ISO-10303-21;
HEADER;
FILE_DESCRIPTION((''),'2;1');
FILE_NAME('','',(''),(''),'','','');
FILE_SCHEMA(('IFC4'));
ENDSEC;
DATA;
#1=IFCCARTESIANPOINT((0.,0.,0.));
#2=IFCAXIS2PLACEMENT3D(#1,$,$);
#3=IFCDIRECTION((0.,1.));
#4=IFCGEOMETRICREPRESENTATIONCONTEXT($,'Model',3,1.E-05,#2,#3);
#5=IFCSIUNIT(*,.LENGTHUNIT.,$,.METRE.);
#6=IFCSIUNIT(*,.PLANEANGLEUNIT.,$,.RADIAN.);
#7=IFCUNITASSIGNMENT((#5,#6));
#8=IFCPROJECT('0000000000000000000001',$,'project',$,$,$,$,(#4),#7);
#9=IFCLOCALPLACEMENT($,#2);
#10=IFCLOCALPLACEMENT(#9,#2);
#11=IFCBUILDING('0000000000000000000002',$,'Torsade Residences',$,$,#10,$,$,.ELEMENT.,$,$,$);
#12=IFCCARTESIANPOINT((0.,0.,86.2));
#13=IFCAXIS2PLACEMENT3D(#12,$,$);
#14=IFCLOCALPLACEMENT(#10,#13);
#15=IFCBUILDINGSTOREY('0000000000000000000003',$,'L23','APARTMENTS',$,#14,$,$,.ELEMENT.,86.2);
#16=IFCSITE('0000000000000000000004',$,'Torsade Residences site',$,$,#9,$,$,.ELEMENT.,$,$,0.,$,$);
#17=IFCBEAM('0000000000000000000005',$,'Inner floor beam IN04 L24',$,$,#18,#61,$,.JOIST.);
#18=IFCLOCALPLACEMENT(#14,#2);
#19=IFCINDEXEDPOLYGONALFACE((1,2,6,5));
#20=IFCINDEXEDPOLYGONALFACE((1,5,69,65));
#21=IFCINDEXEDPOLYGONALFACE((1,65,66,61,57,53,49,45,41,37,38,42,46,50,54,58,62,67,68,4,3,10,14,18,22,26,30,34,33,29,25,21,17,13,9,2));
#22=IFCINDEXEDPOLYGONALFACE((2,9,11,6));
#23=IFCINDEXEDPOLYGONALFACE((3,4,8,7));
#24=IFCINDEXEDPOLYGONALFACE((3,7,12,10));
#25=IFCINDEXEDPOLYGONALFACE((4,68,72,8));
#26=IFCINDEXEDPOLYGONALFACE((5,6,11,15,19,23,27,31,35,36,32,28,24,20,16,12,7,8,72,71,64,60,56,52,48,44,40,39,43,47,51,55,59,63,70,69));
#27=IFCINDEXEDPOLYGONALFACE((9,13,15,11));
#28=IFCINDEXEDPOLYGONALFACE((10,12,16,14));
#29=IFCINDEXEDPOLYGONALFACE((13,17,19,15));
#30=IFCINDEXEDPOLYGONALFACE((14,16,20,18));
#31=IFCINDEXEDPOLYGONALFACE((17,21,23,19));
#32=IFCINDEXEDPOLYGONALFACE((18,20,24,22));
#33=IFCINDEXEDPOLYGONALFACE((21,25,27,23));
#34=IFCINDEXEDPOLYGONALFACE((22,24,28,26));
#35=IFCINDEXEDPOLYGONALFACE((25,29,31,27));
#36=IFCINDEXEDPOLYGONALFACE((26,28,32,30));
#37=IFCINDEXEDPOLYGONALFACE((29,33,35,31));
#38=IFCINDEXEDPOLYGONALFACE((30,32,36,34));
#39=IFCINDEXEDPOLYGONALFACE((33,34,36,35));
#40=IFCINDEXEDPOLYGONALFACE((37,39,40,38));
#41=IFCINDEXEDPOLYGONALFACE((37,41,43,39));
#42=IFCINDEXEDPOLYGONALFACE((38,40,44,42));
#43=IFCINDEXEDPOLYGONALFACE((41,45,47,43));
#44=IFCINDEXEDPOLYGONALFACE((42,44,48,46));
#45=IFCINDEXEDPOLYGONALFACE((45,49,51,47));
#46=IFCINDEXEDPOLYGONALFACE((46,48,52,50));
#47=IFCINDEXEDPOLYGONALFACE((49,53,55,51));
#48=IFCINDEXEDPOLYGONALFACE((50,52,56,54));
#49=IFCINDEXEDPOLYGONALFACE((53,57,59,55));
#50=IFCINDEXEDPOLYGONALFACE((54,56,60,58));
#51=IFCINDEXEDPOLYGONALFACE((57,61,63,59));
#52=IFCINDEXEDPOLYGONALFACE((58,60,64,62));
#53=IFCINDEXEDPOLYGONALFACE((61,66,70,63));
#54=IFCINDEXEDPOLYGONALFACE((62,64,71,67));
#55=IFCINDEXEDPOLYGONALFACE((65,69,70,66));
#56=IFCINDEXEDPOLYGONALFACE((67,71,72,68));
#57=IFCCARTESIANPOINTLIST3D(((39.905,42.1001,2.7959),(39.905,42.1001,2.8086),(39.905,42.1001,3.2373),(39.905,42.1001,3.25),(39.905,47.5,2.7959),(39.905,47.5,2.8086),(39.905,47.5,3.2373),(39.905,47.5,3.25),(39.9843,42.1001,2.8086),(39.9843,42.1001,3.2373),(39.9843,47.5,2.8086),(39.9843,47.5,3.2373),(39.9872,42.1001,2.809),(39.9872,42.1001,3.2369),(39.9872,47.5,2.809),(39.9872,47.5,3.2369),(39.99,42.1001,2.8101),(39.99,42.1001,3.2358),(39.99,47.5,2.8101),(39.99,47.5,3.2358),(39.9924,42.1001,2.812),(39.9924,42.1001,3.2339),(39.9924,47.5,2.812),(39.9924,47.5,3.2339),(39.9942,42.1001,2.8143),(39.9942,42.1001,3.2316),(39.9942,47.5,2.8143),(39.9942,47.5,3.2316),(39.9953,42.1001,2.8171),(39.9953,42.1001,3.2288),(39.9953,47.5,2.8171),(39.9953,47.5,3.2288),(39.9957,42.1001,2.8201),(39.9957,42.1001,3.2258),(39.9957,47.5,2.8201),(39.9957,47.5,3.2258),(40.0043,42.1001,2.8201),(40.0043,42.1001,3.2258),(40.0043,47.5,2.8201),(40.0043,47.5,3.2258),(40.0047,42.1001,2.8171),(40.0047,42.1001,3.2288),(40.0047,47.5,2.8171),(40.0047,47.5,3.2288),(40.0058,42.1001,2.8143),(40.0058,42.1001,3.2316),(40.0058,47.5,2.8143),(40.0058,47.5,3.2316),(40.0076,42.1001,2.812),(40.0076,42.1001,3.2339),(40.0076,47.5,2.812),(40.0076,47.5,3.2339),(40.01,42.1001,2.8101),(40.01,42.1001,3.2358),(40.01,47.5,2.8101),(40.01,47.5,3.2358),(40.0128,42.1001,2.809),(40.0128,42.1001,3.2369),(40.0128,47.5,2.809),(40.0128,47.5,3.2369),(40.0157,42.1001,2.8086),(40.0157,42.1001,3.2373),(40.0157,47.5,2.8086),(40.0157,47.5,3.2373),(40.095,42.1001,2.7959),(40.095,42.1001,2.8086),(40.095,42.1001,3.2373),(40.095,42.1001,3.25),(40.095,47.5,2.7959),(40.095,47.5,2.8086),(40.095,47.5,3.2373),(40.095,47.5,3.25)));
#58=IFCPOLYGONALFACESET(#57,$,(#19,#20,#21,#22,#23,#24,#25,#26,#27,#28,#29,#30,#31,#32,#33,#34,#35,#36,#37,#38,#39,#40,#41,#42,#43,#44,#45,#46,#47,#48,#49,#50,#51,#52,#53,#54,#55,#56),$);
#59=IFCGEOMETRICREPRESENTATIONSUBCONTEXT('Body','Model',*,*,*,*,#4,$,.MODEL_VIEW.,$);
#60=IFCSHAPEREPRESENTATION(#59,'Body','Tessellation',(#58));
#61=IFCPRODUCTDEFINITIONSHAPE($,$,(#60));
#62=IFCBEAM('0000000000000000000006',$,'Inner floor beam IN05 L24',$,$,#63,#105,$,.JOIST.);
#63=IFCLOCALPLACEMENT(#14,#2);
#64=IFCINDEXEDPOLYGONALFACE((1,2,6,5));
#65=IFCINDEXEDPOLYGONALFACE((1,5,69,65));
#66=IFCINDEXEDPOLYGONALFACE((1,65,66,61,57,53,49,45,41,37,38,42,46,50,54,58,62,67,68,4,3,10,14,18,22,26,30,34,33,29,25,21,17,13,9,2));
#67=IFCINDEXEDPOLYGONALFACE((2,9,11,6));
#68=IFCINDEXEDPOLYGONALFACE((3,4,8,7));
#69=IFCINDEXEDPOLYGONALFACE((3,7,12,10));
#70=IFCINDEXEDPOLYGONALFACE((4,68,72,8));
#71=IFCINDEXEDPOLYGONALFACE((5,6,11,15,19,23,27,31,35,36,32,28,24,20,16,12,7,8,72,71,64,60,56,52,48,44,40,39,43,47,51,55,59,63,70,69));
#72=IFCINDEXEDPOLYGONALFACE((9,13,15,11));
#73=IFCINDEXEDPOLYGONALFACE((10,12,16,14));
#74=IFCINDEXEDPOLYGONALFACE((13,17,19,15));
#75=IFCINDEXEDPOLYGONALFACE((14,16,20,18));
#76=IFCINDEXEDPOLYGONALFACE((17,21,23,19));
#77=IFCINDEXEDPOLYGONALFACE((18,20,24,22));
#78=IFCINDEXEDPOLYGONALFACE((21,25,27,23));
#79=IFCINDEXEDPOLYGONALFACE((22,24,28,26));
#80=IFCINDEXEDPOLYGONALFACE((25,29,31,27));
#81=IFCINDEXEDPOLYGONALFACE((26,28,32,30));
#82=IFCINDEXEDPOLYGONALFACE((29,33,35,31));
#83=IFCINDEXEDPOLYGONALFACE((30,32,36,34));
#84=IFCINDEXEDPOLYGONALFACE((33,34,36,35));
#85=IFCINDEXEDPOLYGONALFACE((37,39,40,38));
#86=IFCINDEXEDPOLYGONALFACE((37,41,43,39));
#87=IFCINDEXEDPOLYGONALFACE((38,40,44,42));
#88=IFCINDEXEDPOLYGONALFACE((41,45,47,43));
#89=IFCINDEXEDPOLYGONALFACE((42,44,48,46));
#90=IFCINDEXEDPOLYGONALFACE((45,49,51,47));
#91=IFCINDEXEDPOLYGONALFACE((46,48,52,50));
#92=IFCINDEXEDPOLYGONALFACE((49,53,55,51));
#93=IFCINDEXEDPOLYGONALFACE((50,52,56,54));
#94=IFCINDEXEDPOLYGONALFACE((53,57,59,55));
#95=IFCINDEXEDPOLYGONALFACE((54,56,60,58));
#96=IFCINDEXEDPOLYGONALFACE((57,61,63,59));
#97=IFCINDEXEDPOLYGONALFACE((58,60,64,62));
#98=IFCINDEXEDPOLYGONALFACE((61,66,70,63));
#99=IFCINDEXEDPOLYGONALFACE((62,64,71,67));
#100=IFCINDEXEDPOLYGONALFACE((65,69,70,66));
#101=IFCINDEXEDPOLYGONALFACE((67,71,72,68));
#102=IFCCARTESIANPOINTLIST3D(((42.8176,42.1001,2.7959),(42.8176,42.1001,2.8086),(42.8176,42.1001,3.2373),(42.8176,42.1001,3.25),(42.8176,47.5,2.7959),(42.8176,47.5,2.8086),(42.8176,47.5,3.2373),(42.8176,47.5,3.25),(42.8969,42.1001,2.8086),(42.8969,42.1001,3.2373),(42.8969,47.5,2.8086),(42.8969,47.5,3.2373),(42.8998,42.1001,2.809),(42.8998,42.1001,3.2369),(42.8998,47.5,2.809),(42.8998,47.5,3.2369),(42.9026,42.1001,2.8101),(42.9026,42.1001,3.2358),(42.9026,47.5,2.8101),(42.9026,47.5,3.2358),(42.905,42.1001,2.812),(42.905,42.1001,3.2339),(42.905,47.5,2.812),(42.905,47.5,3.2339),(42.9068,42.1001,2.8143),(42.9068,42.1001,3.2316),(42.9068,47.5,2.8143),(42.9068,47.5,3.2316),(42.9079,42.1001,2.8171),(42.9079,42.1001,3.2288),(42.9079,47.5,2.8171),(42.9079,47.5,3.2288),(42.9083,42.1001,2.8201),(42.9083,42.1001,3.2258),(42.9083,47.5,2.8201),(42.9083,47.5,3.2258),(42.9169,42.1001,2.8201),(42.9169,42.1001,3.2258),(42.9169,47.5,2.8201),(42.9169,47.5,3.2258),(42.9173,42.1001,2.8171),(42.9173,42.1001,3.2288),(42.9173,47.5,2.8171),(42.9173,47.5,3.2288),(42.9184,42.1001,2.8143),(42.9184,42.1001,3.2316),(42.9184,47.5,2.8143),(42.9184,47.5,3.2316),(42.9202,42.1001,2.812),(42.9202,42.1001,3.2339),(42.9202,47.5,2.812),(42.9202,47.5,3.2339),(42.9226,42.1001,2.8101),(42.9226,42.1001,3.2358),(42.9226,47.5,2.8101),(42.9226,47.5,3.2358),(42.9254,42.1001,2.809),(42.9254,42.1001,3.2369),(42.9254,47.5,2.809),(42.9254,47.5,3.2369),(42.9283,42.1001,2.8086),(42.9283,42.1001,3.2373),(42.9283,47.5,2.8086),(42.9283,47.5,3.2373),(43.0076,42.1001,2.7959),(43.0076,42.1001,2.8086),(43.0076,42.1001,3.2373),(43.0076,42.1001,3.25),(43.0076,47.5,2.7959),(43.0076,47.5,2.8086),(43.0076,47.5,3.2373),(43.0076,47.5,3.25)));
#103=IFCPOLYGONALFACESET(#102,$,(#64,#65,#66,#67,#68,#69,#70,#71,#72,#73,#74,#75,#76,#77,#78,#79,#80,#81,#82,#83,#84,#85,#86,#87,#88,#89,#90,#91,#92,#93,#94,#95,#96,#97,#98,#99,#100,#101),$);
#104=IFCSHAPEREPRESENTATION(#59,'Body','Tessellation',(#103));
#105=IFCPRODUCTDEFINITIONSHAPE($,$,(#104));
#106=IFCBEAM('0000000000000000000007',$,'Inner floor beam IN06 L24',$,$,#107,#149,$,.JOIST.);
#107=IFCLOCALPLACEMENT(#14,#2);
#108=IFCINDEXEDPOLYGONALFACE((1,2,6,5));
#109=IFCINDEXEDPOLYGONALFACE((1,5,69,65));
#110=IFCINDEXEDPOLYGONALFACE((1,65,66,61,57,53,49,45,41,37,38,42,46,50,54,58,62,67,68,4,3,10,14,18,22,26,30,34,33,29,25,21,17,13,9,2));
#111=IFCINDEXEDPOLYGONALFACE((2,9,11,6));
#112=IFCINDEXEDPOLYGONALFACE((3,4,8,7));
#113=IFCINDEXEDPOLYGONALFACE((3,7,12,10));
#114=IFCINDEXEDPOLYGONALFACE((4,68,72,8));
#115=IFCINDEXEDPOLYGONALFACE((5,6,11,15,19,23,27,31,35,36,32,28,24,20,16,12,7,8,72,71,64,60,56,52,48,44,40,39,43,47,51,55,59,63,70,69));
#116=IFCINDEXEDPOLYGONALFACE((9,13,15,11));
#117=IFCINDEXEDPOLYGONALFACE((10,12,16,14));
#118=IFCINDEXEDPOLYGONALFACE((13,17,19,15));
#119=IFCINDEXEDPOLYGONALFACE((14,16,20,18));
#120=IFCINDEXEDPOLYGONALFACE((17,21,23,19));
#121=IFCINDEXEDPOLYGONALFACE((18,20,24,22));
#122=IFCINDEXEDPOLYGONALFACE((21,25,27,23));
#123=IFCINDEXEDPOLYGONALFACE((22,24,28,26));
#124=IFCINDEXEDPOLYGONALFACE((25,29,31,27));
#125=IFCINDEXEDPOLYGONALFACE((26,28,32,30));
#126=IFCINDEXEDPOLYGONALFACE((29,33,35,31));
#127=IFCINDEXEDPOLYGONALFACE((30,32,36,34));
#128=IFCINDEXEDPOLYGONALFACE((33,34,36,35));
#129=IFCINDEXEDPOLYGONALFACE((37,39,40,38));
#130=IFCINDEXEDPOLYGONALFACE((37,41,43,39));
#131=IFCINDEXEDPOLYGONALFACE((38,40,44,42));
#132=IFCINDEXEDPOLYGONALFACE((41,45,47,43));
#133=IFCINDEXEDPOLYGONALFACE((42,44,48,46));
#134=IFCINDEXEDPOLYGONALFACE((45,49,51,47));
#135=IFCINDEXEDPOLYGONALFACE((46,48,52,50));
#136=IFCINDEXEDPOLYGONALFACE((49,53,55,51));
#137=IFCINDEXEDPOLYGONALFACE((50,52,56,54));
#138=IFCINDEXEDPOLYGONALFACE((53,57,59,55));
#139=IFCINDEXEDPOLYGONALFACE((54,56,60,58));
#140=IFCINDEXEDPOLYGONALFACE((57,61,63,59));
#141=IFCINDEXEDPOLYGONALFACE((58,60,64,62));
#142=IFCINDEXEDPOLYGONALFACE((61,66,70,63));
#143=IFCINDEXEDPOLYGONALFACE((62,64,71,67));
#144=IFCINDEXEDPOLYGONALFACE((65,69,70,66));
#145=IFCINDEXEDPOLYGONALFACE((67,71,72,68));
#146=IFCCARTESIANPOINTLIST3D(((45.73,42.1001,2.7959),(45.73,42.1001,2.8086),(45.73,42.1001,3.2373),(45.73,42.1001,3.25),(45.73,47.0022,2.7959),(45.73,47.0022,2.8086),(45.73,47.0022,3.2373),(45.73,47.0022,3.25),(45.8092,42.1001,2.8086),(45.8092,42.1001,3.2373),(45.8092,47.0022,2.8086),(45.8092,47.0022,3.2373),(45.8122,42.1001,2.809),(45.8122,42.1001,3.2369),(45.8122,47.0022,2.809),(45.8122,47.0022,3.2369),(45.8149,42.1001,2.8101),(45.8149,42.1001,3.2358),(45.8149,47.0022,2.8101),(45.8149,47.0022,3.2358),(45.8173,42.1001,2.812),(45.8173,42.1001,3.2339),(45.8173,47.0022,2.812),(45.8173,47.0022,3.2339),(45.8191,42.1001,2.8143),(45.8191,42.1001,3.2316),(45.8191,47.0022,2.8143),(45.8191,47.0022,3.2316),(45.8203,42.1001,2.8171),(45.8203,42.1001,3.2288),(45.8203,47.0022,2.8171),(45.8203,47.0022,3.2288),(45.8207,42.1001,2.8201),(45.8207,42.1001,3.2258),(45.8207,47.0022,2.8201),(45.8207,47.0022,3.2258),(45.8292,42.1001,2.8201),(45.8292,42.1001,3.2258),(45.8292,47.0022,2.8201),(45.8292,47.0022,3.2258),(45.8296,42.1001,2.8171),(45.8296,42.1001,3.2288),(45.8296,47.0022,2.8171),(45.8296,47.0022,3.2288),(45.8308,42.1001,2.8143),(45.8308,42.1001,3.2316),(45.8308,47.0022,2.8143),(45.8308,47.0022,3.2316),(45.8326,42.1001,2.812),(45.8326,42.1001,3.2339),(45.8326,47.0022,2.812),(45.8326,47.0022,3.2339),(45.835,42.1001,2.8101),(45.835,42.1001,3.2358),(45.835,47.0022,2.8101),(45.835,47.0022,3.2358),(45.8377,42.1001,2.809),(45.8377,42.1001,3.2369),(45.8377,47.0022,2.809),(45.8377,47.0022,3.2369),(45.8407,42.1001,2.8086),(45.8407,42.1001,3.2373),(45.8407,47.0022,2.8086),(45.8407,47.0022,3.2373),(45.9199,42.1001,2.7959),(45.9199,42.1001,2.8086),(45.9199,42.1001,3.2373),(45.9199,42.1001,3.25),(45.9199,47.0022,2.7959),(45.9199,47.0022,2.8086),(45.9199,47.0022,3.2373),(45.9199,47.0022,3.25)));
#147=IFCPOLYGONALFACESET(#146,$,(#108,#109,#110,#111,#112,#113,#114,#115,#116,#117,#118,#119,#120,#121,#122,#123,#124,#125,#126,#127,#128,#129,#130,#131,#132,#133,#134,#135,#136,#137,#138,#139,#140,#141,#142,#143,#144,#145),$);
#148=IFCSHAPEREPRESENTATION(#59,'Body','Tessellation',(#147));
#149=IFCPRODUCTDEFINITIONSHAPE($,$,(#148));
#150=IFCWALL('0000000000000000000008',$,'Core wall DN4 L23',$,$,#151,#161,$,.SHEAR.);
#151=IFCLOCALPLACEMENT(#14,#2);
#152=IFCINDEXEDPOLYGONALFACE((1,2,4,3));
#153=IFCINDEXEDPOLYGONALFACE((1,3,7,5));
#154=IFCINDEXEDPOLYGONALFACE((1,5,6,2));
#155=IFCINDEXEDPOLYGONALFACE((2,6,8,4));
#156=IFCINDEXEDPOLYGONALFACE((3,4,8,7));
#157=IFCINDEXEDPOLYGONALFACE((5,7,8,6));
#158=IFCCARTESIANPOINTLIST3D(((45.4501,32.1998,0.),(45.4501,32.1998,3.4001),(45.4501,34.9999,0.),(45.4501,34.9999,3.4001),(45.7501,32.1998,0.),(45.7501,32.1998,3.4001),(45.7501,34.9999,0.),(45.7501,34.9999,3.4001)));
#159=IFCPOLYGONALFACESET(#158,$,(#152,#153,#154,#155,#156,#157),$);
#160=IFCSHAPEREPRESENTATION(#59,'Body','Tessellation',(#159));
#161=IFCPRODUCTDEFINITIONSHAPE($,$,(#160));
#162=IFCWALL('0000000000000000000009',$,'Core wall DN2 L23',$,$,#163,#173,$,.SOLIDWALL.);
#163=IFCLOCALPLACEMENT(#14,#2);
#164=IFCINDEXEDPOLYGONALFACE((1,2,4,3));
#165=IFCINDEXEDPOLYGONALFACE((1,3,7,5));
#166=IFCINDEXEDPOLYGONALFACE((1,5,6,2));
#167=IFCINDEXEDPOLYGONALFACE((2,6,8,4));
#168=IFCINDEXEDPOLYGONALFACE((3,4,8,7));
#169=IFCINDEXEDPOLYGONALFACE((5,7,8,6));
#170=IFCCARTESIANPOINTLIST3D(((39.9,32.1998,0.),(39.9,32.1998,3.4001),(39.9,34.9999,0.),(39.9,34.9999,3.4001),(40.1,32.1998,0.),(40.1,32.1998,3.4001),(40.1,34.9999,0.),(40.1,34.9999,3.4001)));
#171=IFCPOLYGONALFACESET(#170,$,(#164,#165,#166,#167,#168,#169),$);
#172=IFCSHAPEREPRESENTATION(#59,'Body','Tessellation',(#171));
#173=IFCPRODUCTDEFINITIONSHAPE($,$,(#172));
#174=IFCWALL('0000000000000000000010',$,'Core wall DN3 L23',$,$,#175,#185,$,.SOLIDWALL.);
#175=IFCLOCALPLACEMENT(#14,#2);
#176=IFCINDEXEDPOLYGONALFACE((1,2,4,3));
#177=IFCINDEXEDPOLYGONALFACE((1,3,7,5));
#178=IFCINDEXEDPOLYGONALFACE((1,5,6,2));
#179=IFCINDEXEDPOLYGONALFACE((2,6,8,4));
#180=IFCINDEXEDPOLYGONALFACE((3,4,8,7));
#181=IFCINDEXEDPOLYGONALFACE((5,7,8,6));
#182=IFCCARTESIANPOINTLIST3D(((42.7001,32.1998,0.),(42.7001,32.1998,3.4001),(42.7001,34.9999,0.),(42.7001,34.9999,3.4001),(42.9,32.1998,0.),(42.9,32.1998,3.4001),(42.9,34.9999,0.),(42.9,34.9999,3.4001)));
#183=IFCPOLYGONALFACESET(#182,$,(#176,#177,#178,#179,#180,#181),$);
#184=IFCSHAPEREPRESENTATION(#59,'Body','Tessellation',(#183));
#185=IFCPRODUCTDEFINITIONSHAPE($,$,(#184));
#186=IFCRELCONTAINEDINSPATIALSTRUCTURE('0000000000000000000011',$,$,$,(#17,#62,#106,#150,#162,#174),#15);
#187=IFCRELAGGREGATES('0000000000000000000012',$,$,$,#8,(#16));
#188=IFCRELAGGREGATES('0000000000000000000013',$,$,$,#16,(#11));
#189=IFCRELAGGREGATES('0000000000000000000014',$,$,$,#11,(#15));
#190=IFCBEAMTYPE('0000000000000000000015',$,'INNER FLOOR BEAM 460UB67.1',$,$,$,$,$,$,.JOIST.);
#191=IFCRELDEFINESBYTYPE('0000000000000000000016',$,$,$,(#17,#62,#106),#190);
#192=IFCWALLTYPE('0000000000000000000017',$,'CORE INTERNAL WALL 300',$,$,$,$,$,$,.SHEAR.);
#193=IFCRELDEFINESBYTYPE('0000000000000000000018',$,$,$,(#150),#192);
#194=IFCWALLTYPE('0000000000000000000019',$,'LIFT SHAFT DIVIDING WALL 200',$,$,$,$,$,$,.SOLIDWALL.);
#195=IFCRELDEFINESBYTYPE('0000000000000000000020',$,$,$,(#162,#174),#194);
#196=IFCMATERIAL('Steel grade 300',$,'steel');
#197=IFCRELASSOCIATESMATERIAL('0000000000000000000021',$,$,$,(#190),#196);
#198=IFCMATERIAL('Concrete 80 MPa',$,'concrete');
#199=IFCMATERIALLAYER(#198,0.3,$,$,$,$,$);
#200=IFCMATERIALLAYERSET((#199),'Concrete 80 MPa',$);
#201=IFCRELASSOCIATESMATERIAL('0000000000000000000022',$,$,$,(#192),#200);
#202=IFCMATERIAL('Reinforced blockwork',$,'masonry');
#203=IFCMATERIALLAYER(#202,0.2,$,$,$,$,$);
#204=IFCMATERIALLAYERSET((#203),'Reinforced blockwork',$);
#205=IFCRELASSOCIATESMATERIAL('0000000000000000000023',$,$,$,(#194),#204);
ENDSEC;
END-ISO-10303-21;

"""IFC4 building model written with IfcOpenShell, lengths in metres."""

from ifc_helpers import new_model, si_unit, direction, frame, frame_2d, origin, origin_2d, place, context, subcontext, project, spatial, rectangle, i_section, extrude, material, layer, layer_set, material_profile, profile_set, type_object, element, save


model = new_model("IFC4")

# Units and contexts
model_context = context("Model", 3, precision=1e-05, world=origin(), true_north=direction((0.0, 1.0)))
body_context = subcontext(model_context, "Body", "Model", "MODEL_VIEW")
ifc_project = project(units=[si_unit("LENGTHUNIT", "METRE"), si_unit("PLANEANGLEUNIT", "RADIAN")], contexts=[model_context])

# Site, building, storey
site_placement = place(None, origin())
site = spatial("IfcSite", under=ifc_project, at=site_placement, Name="Torsade Residences site", CompositionType="ELEMENT", RefElevation=0.0)
building_placement = place(site_placement, origin())
building = spatial("IfcBuilding", under=site, at=building_placement, Name="Torsade Residences", CompositionType="ELEMENT")
storey_placement = place(building_placement, frame((0.0, 0.0, 86.2)))
storey = spatial("IfcBuildingStorey", under=building, at=storey_placement, Name="L23", Description="APARTMENTS", CompositionType="ELEMENT", Elevation=86.2)

# Beams
ifc_material_1 = material(Name="Steel grade 300", Category="steel")
ifc_material_profile = material_profile(ifc_material_1, i_section(OverallWidth=0.1899, OverallDepth=0.4541, WebThickness=0.0085, FlangeThickness=0.0127, FilletRadius=0.0115, at=origin_2d()), Name="460UB67.1")
ifc_profile_set = profile_set([ifc_material_profile], Name="Steel grade 300")
beam_type = type_object("IfcBeamType", Name="INNER FLOOR BEAM 460UB67.1", PredefinedType="JOIST", material=ifc_profile_set)
for number, where, z_axis, x_axis, name in (
    (1, (40.0, 42.1001, 3.0229), (0.0, 1.0, 0.0), (-1.0, 0.0, 0.0), "Inner floor beam IN04 L24"),
    (2, (42.9126, 42.1001, 3.0229), (0.0, 1.0, 0.0), (-1.0, 0.0, 0.0), "Inner floor beam IN05 L24"),
):
    element("IfcBeam", number, at=place(storey_placement, frame(where, z_axis=z_axis, x_axis=x_axis)), inside=storey, type_object=beam_type, Name=name, PredefinedType="JOIST", context=body_context, shape_type="SweptSolid", body=[
        extrude(i_section(OverallWidth=0.1899, OverallDepth=0.4541, WebThickness=0.0085, FlangeThickness=0.0127, FilletRadius=0.0115, at=origin_2d()), origin(), (0.0, 0.0, 1.0), 5.3999),
    ])
beam_placement = place(storey_placement, frame((45.825, 42.1001, 3.0229), z_axis=(0.0, 1.0, 0.0), x_axis=(-1.0, 0.0, 0.0)))
element("IfcBeam", 3, at=beam_placement, inside=storey, type_object=beam_type, Name="Inner floor beam IN06 L24", PredefinedType="JOIST", context=body_context, shape_type="SweptSolid", body=[
    extrude(i_section(OverallWidth=0.1899, OverallDepth=0.4541, WebThickness=0.0085, FlangeThickness=0.0127, FilletRadius=0.0115, at=origin_2d()), origin(), (0.0, 0.0, 1.0), 4.9021),
])

# Walls
ifc_material_2 = material(Name="Concrete 80 MPa", Category="concrete")
ifc_layer_1 = layer(ifc_material_2, 0.3)
ifc_layer_set_1 = layer_set([ifc_layer_1], Name="Concrete 80 MPa")
wall_type_1 = type_object("IfcWallType", Name="CORE INTERNAL WALL 300", PredefinedType="SHEAR", material=ifc_layer_set_1)
wall_1_placement = place(storey_placement, frame((45.6001, 32.2, 0.0), z_axis=(0.0, 0.0, 1.0), x_axis=(0.0, 1.0, 0.0)))
element("IfcWall", 4, at=wall_1_placement, inside=storey, type_object=wall_type_1, Name="Core wall DN4 L23", PredefinedType="SHEAR", context=body_context, shape_type="SweptSolid", body=[
    extrude(rectangle(XDim=2.8, YDim=0.3, at=frame_2d((1.3999, 0.0))), origin(), (0.0, 0.0, 1.0), 3.4001),
])
ifc_material_3 = material(Name="Reinforced blockwork", Category="masonry")
ifc_layer_2 = layer(ifc_material_3, 0.2)
ifc_layer_set_2 = layer_set([ifc_layer_2], Name="Reinforced blockwork")
wall_type_2 = type_object("IfcWallType", Name="LIFT SHAFT DIVIDING WALL 200", PredefinedType="SOLIDWALL", material=ifc_layer_set_2)
for number, where, z_axis, x_axis, name in (
    (5, (40.0, 32.2, 0.0), (0.0, 0.0, 1.0), (0.0, 1.0, 0.0), "Core wall DN2 L23"),
    (6, (42.8, 32.2, 0.0), (0.0, 0.0, 1.0), (0.0, 1.0, 0.0), "Core wall DN3 L23"),
):
    element("IfcWall", number, at=place(storey_placement, frame(where, z_axis=z_axis, x_axis=x_axis)), inside=storey, type_object=wall_type_2, Name=name, PredefinedType="SOLIDWALL", context=body_context, shape_type="SweptSolid", body=[
        extrude(rectangle(XDim=2.8, YDim=0.2, at=frame_2d((1.3999, 0.0))), origin(), (0.0, 0.0, 1.0), 3.4001),
    ])

save(model, "model.ifc")
